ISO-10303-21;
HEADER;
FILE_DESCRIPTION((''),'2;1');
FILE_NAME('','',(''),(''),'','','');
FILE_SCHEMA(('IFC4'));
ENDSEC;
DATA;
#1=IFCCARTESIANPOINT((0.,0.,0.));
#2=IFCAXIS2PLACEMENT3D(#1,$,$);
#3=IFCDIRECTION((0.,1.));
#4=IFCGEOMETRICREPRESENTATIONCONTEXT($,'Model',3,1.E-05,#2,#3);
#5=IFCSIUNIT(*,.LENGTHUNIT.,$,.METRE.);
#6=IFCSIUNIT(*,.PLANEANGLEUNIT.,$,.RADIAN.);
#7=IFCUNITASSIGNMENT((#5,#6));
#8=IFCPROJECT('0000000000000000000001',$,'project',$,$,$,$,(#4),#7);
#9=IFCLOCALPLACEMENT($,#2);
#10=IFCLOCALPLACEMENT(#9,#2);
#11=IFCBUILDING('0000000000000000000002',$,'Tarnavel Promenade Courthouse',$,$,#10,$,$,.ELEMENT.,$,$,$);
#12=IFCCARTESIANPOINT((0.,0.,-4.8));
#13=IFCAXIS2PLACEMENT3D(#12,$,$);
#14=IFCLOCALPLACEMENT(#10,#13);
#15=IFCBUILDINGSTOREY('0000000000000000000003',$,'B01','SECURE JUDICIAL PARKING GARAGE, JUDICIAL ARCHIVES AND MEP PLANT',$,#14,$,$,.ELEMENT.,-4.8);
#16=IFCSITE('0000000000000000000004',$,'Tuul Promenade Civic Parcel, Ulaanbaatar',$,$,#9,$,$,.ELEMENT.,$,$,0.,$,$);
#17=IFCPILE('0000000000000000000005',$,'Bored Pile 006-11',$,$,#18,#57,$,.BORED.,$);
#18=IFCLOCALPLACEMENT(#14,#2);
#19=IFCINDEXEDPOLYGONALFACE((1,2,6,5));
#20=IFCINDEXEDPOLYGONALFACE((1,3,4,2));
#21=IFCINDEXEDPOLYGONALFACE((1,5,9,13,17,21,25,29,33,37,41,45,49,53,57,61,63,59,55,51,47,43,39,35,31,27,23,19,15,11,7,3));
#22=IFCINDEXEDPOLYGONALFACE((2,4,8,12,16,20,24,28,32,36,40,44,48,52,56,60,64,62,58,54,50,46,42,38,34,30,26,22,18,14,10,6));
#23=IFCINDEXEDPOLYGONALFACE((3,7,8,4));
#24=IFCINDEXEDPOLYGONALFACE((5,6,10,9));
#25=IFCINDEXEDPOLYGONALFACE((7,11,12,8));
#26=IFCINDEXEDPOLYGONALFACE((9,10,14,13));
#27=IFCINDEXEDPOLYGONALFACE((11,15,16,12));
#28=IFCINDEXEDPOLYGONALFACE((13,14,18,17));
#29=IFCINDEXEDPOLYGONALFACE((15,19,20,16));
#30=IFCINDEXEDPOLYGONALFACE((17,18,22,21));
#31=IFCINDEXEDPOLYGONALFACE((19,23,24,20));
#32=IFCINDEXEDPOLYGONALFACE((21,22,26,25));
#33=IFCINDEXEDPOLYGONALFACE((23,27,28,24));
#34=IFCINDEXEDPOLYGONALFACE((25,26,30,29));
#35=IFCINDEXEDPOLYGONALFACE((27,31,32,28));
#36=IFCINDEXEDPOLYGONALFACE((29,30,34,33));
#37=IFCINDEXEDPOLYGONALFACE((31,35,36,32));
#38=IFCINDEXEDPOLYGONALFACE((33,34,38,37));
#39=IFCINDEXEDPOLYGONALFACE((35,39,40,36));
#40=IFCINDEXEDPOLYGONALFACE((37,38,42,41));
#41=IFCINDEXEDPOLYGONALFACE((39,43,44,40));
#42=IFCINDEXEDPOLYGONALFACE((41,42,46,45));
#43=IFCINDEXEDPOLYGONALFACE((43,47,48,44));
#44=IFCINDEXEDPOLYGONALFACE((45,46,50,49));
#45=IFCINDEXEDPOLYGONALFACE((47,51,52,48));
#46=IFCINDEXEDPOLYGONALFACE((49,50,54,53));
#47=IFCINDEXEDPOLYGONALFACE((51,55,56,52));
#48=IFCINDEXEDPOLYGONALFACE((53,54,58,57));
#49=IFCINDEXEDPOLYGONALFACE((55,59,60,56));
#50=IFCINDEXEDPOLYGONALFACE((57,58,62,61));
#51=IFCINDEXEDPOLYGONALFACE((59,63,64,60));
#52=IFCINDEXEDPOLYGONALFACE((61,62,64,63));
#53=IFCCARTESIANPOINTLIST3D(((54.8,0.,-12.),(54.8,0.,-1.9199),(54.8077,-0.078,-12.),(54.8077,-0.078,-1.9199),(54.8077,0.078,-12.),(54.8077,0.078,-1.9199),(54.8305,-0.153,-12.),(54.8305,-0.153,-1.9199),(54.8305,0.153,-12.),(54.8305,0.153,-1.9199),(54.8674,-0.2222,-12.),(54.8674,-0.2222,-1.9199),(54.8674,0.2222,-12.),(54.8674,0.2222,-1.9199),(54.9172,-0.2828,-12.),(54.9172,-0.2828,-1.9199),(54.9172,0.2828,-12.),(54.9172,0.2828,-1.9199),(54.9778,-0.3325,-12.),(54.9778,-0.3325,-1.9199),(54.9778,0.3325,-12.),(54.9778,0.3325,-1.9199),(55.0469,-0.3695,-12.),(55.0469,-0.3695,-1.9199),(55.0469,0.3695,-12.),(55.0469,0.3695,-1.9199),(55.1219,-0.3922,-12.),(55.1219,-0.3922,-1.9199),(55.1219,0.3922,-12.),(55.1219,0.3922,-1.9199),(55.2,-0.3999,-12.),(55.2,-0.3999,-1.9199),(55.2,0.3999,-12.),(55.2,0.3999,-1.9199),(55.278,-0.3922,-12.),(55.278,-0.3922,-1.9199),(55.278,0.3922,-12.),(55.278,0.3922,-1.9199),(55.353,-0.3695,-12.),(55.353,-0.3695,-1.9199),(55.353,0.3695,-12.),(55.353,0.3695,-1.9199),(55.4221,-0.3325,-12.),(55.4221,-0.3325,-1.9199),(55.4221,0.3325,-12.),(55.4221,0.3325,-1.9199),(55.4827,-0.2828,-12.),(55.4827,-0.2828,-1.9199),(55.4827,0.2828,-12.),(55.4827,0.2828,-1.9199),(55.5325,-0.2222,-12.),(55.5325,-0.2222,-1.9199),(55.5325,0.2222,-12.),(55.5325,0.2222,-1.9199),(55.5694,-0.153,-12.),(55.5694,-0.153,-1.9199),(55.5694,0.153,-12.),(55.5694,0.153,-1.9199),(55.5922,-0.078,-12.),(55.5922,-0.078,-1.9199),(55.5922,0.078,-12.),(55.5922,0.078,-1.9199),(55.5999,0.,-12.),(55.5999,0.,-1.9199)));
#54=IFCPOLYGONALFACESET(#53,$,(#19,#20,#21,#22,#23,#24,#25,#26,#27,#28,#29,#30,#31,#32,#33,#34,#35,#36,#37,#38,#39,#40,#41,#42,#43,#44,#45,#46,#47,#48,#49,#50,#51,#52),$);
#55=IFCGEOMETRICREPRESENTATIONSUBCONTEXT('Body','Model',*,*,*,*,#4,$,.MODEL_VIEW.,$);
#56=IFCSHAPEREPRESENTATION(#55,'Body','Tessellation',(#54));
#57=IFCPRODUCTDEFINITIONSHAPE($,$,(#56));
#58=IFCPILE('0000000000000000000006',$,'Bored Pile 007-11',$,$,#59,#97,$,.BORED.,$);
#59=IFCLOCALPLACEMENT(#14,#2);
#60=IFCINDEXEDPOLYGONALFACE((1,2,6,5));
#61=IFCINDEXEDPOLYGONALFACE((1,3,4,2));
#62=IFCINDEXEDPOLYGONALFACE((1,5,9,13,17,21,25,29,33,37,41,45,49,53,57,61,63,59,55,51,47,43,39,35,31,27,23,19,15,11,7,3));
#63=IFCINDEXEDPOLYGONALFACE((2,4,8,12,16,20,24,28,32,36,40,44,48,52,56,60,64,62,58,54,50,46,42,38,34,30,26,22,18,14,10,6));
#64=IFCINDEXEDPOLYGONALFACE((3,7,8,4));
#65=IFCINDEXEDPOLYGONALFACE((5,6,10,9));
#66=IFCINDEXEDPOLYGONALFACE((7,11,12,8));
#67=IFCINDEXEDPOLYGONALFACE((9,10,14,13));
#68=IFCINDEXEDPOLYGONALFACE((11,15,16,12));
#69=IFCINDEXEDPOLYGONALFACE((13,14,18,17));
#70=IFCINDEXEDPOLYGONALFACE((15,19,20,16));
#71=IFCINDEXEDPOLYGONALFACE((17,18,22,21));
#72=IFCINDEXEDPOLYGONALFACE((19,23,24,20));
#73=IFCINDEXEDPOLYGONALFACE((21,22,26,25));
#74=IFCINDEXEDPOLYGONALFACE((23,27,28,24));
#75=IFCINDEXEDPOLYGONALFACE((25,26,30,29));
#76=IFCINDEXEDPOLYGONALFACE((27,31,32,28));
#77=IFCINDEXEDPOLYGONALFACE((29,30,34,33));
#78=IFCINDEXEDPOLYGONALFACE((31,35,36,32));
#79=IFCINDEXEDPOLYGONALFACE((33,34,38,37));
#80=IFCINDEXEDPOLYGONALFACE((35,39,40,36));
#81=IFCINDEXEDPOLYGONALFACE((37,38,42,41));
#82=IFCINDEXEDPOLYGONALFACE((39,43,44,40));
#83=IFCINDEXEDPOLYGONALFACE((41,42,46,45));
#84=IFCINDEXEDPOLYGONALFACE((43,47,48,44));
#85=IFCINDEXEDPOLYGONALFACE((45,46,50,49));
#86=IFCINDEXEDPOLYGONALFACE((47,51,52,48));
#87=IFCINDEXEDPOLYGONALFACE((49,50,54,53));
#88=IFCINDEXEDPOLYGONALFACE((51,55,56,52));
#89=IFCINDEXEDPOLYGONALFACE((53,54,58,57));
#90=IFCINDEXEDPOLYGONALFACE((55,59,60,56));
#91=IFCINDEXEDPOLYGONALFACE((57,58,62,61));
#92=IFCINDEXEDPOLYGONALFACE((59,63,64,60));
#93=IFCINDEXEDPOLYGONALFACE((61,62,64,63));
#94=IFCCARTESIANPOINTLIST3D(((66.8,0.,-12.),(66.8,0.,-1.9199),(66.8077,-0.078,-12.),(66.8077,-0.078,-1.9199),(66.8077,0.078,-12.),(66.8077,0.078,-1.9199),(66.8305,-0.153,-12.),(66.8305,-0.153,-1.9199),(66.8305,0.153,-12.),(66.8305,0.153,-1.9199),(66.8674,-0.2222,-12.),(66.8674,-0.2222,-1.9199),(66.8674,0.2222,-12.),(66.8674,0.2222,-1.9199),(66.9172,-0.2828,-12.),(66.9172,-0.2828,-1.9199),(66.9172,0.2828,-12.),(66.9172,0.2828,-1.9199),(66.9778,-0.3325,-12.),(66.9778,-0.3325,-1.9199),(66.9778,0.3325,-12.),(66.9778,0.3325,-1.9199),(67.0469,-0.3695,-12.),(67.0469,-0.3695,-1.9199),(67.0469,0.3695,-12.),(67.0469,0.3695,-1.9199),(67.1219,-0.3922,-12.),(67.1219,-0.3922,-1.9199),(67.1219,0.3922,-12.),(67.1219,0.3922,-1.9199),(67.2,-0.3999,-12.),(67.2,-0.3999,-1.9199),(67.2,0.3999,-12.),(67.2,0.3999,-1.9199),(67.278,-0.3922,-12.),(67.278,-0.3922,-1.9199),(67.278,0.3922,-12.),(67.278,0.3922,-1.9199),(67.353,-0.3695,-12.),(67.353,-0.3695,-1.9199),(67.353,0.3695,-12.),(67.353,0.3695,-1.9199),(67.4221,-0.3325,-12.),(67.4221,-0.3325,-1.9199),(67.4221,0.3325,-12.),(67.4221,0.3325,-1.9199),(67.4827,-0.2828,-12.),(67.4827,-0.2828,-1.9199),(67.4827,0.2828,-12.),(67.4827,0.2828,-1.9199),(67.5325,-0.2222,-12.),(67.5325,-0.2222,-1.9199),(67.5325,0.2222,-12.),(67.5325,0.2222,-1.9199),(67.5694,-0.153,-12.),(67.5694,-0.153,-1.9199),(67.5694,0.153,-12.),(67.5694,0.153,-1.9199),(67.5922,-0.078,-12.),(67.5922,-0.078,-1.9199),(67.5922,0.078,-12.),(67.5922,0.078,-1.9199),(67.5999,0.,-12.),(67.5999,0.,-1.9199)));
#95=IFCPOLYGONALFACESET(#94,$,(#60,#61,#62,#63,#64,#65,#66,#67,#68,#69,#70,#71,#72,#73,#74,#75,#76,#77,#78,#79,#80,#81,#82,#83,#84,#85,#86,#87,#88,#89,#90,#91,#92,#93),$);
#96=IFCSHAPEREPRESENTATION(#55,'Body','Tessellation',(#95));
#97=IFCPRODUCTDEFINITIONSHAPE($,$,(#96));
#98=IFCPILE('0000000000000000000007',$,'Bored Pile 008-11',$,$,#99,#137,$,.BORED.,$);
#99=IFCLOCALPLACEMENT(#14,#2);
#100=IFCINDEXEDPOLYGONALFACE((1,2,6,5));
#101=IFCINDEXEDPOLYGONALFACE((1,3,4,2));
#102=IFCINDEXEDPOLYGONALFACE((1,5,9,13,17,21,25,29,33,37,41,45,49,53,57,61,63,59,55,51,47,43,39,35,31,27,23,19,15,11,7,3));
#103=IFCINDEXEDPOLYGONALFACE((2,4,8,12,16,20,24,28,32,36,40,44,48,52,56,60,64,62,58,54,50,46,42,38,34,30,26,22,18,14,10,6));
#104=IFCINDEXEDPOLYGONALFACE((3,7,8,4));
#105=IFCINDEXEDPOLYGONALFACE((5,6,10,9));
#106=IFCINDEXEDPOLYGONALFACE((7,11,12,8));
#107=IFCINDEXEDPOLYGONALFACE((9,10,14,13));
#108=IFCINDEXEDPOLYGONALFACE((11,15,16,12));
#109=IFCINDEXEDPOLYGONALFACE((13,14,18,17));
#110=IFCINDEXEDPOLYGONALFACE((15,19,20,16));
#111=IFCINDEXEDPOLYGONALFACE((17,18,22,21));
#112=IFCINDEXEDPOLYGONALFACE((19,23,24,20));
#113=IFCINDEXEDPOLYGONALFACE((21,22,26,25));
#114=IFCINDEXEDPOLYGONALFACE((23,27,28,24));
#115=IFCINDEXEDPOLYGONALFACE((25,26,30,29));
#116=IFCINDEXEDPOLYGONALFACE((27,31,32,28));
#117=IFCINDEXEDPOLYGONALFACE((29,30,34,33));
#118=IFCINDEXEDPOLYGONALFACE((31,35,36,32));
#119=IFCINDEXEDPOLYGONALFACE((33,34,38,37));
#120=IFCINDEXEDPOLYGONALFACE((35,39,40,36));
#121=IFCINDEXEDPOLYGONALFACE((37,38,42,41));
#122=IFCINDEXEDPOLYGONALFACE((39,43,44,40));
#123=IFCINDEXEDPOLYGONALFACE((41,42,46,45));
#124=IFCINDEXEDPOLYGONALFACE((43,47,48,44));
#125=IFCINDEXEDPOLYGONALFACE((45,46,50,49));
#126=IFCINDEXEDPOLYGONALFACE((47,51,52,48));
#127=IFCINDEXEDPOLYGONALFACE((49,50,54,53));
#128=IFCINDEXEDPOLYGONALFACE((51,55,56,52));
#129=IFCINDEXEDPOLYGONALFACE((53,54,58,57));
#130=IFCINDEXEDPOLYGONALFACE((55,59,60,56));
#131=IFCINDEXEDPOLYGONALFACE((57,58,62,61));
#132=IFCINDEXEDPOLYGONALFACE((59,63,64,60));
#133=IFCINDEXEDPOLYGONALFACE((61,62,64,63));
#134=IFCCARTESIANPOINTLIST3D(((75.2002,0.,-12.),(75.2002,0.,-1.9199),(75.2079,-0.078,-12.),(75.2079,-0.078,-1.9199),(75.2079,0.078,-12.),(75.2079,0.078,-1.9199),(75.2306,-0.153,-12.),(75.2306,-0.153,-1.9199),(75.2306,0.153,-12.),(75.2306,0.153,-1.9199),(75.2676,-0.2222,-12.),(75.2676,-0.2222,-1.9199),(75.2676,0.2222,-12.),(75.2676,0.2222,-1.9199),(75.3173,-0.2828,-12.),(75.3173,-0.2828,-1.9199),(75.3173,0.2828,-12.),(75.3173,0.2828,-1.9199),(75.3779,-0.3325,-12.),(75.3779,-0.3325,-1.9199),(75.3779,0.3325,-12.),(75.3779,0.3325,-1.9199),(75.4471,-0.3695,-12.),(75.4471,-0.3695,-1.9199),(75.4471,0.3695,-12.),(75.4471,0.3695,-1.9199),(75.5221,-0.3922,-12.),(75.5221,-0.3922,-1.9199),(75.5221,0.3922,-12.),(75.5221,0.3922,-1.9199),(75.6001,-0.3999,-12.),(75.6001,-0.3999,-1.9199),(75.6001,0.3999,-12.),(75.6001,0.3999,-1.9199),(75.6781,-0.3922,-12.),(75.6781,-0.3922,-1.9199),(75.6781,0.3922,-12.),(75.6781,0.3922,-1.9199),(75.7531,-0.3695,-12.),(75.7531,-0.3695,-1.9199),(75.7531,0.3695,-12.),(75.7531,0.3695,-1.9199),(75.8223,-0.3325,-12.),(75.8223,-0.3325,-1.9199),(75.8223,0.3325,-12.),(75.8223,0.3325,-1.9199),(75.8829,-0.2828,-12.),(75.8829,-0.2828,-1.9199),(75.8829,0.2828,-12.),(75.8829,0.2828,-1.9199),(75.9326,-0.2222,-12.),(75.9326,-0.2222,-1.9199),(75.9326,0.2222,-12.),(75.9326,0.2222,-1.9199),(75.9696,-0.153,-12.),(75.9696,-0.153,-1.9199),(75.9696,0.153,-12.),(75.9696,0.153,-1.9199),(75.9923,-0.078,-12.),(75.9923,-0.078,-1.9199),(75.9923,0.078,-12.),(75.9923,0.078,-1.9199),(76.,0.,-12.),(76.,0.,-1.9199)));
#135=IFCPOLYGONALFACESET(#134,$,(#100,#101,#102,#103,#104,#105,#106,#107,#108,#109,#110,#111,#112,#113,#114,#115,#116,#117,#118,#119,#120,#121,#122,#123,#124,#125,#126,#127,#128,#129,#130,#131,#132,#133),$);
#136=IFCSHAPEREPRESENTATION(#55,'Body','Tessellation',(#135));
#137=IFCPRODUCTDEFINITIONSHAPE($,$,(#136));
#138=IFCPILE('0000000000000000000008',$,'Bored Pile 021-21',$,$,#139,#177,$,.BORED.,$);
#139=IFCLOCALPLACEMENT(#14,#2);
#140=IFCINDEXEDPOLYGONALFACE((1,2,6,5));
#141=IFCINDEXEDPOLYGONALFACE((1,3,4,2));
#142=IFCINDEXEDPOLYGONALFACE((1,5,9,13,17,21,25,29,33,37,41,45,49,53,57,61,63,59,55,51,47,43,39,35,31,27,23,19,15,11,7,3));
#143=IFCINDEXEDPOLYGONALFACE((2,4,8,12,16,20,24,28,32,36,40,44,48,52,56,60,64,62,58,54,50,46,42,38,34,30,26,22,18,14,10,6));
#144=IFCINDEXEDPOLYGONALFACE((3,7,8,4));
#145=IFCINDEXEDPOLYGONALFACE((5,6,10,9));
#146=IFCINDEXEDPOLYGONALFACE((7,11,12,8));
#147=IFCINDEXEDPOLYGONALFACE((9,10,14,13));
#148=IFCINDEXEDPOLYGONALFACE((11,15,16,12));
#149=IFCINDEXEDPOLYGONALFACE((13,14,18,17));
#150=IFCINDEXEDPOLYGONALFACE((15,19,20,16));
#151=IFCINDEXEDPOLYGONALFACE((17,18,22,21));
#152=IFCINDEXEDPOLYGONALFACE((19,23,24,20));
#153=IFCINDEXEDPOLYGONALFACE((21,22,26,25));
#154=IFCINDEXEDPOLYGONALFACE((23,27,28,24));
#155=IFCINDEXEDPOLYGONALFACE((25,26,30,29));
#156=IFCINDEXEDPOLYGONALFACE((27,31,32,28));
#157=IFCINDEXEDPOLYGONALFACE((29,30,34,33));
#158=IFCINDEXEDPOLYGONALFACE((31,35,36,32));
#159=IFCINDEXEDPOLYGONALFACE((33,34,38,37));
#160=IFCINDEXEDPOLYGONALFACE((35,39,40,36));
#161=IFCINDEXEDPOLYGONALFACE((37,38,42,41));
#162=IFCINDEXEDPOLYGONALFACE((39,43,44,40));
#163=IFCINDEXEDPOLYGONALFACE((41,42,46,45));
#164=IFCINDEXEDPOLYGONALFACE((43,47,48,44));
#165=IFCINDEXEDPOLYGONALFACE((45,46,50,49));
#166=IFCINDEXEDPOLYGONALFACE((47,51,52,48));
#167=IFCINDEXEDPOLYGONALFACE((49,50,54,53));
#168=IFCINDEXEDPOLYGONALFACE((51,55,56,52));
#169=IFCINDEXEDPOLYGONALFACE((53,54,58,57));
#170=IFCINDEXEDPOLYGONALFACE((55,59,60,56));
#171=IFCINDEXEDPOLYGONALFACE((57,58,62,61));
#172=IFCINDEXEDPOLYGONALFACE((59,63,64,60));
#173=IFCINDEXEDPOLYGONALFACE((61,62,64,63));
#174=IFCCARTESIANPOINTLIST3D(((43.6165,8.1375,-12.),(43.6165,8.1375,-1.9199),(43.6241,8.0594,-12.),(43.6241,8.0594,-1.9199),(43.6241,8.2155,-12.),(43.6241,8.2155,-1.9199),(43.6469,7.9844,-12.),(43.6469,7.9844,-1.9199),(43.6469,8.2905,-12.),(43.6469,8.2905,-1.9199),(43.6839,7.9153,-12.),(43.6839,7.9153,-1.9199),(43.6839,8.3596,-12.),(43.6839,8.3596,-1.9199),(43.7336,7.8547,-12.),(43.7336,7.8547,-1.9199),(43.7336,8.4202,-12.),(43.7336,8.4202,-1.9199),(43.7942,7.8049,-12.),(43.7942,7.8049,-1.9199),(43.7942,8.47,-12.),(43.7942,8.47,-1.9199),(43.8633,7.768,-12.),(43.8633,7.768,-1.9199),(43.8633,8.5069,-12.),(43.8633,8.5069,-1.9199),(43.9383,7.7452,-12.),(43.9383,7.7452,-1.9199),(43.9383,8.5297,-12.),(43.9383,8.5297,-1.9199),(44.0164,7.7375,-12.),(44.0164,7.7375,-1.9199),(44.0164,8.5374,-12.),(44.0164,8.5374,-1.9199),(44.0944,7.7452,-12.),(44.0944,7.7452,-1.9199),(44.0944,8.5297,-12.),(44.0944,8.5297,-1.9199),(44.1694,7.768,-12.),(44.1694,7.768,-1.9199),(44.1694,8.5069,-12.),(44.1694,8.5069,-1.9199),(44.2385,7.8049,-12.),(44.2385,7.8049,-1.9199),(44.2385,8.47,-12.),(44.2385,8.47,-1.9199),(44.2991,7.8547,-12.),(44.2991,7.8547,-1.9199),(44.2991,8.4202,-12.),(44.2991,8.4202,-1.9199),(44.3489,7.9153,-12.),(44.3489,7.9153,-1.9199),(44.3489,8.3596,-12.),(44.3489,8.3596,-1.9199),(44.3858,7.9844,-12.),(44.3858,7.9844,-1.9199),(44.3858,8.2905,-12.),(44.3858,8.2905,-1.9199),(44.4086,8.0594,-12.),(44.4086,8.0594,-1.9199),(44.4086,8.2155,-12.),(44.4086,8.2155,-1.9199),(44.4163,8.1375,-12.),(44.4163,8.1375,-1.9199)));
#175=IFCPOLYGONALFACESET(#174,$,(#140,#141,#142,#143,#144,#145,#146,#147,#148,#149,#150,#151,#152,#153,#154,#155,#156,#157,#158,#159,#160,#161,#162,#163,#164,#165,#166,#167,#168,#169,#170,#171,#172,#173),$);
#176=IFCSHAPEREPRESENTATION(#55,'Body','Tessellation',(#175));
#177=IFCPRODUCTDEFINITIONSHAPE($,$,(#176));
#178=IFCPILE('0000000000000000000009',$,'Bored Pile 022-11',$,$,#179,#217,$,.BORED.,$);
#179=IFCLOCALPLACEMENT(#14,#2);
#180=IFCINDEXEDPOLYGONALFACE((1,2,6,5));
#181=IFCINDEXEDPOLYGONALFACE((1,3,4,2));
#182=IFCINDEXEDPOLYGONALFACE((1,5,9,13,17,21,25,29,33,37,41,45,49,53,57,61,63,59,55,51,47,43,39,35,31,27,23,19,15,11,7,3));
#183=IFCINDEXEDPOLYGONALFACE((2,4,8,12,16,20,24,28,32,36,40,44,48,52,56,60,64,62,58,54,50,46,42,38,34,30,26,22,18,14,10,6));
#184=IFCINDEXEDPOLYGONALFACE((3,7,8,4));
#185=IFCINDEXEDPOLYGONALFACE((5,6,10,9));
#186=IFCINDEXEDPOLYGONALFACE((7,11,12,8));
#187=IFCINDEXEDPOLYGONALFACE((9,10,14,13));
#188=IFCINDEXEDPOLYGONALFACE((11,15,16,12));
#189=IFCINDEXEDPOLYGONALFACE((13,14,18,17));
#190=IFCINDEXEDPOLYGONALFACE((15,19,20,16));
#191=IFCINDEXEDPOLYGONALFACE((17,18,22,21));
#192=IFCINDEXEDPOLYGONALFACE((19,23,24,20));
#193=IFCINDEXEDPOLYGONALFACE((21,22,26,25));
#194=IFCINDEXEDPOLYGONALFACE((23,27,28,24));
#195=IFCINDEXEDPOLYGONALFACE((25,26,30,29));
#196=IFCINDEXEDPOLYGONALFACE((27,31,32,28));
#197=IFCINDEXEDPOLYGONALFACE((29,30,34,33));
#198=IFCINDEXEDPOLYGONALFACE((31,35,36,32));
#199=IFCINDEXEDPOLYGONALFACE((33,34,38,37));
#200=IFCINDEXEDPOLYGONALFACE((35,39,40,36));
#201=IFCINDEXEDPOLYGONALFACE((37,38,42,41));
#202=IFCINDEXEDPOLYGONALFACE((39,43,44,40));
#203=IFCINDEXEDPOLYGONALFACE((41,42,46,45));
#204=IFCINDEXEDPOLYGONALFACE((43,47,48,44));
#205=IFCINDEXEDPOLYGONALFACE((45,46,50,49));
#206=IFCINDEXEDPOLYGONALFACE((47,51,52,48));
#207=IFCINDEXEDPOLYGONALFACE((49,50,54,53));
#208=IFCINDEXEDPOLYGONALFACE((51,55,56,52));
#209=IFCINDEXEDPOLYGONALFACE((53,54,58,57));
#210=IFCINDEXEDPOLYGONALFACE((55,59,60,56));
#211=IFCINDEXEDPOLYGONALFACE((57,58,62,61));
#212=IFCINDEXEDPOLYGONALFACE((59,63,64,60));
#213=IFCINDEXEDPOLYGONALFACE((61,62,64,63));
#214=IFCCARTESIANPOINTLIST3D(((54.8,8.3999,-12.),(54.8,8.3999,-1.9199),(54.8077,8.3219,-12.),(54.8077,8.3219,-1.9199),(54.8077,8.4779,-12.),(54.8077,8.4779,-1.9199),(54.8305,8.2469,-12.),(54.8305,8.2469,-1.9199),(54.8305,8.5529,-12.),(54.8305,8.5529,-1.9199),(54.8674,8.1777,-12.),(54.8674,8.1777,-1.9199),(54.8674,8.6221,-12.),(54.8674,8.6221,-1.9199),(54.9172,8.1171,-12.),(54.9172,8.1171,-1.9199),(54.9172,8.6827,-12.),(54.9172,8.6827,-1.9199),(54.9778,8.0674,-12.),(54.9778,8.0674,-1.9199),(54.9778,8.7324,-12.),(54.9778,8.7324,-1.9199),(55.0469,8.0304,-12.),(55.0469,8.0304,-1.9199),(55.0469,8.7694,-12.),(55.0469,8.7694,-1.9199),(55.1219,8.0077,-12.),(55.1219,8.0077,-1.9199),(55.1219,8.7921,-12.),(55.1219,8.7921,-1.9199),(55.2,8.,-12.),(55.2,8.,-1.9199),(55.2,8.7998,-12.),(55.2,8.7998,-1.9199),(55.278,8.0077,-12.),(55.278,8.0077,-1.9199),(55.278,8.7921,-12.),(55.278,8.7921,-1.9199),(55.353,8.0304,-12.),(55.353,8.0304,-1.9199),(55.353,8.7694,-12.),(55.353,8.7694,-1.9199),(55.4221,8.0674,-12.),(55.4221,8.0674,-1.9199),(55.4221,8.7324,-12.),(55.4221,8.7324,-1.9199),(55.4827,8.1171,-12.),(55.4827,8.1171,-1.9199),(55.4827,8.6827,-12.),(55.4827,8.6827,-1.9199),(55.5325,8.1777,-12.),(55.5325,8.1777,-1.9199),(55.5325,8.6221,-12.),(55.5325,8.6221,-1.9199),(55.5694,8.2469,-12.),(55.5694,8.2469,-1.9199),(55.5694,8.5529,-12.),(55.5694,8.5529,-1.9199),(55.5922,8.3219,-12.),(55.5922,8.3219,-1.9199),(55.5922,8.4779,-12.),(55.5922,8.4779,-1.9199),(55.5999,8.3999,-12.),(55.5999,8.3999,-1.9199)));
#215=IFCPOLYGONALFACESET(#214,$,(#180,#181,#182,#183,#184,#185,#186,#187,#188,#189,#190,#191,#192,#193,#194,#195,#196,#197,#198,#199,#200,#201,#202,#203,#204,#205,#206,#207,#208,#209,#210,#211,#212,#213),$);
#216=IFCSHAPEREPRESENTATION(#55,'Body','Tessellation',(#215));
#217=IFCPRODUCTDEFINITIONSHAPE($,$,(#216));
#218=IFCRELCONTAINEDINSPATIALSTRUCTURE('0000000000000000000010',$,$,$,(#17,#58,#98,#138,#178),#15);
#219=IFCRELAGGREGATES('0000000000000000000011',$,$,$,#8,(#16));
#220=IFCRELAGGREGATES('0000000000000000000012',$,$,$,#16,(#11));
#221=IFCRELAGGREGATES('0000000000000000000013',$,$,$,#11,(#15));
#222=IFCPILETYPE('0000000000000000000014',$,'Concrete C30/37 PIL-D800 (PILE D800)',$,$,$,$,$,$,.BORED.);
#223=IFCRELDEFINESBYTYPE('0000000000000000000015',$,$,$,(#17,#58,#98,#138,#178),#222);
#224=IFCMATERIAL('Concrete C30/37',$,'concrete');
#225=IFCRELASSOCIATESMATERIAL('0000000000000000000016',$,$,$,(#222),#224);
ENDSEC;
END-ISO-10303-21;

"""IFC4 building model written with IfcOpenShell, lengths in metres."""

from ifc_helpers import new_model, si_unit, direction, frame, origin, origin_2d, place, context, subcontext, project, spatial, circle, extrude, material, material_profile, profile_set, type_object, element, save


model = new_model("IFC4")

# Units and contexts
model_context = context("Model", 3, precision=1e-05, world=origin(), true_north=direction((0.0, 1.0)))
body_context = subcontext(model_context, "Body", "Model", "MODEL_VIEW")
ifc_project = project(units=[si_unit("LENGTHUNIT", "METRE"), si_unit("PLANEANGLEUNIT", "RADIAN")], contexts=[model_context])

# Site, building, storey
site_placement = place(None, origin())
site = spatial("IfcSite", under=ifc_project, at=site_placement, Name="Tuul Promenade Civic Parcel, Ulaanbaatar", CompositionType="ELEMENT", RefElevation=0.0)
building_placement = place(site_placement, origin())
building = spatial("IfcBuilding", under=site, at=building_placement, Name="Tarnavel Promenade Courthouse", CompositionType="ELEMENT")
storey_placement = place(building_placement, frame((0.0, 0.0, -4.8)))
storey = spatial("IfcBuildingStorey", under=building, at=storey_placement, Name="B01", Description="SECURE JUDICIAL PARKING GARAGE, JUDICIAL ARCHIVES AND MEP PLANT", CompositionType="ELEMENT", Elevation=-4.8)

# Piles
ifc_material_1 = material(Name="Concrete C30/37", Category="concrete")
ifc_material_profile_1 = material_profile(ifc_material_1, circle(Radius=0.3999, at=origin_2d()), Name="PILE D800")
ifc_profile_set_1 = profile_set([ifc_material_profile_1], Name="Concrete C30/37")
pile_type = type_object("IfcPileType", Name="Concrete C30/37 PIL-D800 (PILE D800)", PredefinedType="BORED", material=ifc_profile_set_1)
for number, where, z_axis, x_axis, name in (
    (1, (55.2, 0.0, -1.9199), (0.0, 0.0, -1.0), (1.0, 0.0, 0.0), "Bored Pile 006-11"),
    (2, (67.2, 0.0, -1.9199), (0.0, 0.0, -1.0), (1.0, 0.0, 0.0), "Bored Pile 007-11"),
    (3, (75.6001, 0.0, -1.9199), (0.0, 0.0, -1.0), (1.0, 0.0, 0.0), "Bored Pile 008-11"),
    (4, (44.0164, 8.1375, -1.9199), (0.0, 0.0, -1.0), (1.0, 0.0, 0.0), "Bored Pile 021-21"),
    (5, (55.2, 8.3999, -1.9199), (0.0, 0.0, -1.0), (1.0, 0.0, 0.0), "Bored Pile 022-11"),
):
    element("IfcPile", number, at=place(storey_placement, frame(where, z_axis=z_axis, x_axis=x_axis)), inside=storey, type_object=pile_type, Name=name, PredefinedType="BORED", context=body_context, shape_type="SweptSolid", body=[
        extrude(circle(Radius=0.3999, at=origin_2d()), origin(), (0.0, 0.0, 1.0), 10.0801),
    ])

save(model, "model.ifc")
